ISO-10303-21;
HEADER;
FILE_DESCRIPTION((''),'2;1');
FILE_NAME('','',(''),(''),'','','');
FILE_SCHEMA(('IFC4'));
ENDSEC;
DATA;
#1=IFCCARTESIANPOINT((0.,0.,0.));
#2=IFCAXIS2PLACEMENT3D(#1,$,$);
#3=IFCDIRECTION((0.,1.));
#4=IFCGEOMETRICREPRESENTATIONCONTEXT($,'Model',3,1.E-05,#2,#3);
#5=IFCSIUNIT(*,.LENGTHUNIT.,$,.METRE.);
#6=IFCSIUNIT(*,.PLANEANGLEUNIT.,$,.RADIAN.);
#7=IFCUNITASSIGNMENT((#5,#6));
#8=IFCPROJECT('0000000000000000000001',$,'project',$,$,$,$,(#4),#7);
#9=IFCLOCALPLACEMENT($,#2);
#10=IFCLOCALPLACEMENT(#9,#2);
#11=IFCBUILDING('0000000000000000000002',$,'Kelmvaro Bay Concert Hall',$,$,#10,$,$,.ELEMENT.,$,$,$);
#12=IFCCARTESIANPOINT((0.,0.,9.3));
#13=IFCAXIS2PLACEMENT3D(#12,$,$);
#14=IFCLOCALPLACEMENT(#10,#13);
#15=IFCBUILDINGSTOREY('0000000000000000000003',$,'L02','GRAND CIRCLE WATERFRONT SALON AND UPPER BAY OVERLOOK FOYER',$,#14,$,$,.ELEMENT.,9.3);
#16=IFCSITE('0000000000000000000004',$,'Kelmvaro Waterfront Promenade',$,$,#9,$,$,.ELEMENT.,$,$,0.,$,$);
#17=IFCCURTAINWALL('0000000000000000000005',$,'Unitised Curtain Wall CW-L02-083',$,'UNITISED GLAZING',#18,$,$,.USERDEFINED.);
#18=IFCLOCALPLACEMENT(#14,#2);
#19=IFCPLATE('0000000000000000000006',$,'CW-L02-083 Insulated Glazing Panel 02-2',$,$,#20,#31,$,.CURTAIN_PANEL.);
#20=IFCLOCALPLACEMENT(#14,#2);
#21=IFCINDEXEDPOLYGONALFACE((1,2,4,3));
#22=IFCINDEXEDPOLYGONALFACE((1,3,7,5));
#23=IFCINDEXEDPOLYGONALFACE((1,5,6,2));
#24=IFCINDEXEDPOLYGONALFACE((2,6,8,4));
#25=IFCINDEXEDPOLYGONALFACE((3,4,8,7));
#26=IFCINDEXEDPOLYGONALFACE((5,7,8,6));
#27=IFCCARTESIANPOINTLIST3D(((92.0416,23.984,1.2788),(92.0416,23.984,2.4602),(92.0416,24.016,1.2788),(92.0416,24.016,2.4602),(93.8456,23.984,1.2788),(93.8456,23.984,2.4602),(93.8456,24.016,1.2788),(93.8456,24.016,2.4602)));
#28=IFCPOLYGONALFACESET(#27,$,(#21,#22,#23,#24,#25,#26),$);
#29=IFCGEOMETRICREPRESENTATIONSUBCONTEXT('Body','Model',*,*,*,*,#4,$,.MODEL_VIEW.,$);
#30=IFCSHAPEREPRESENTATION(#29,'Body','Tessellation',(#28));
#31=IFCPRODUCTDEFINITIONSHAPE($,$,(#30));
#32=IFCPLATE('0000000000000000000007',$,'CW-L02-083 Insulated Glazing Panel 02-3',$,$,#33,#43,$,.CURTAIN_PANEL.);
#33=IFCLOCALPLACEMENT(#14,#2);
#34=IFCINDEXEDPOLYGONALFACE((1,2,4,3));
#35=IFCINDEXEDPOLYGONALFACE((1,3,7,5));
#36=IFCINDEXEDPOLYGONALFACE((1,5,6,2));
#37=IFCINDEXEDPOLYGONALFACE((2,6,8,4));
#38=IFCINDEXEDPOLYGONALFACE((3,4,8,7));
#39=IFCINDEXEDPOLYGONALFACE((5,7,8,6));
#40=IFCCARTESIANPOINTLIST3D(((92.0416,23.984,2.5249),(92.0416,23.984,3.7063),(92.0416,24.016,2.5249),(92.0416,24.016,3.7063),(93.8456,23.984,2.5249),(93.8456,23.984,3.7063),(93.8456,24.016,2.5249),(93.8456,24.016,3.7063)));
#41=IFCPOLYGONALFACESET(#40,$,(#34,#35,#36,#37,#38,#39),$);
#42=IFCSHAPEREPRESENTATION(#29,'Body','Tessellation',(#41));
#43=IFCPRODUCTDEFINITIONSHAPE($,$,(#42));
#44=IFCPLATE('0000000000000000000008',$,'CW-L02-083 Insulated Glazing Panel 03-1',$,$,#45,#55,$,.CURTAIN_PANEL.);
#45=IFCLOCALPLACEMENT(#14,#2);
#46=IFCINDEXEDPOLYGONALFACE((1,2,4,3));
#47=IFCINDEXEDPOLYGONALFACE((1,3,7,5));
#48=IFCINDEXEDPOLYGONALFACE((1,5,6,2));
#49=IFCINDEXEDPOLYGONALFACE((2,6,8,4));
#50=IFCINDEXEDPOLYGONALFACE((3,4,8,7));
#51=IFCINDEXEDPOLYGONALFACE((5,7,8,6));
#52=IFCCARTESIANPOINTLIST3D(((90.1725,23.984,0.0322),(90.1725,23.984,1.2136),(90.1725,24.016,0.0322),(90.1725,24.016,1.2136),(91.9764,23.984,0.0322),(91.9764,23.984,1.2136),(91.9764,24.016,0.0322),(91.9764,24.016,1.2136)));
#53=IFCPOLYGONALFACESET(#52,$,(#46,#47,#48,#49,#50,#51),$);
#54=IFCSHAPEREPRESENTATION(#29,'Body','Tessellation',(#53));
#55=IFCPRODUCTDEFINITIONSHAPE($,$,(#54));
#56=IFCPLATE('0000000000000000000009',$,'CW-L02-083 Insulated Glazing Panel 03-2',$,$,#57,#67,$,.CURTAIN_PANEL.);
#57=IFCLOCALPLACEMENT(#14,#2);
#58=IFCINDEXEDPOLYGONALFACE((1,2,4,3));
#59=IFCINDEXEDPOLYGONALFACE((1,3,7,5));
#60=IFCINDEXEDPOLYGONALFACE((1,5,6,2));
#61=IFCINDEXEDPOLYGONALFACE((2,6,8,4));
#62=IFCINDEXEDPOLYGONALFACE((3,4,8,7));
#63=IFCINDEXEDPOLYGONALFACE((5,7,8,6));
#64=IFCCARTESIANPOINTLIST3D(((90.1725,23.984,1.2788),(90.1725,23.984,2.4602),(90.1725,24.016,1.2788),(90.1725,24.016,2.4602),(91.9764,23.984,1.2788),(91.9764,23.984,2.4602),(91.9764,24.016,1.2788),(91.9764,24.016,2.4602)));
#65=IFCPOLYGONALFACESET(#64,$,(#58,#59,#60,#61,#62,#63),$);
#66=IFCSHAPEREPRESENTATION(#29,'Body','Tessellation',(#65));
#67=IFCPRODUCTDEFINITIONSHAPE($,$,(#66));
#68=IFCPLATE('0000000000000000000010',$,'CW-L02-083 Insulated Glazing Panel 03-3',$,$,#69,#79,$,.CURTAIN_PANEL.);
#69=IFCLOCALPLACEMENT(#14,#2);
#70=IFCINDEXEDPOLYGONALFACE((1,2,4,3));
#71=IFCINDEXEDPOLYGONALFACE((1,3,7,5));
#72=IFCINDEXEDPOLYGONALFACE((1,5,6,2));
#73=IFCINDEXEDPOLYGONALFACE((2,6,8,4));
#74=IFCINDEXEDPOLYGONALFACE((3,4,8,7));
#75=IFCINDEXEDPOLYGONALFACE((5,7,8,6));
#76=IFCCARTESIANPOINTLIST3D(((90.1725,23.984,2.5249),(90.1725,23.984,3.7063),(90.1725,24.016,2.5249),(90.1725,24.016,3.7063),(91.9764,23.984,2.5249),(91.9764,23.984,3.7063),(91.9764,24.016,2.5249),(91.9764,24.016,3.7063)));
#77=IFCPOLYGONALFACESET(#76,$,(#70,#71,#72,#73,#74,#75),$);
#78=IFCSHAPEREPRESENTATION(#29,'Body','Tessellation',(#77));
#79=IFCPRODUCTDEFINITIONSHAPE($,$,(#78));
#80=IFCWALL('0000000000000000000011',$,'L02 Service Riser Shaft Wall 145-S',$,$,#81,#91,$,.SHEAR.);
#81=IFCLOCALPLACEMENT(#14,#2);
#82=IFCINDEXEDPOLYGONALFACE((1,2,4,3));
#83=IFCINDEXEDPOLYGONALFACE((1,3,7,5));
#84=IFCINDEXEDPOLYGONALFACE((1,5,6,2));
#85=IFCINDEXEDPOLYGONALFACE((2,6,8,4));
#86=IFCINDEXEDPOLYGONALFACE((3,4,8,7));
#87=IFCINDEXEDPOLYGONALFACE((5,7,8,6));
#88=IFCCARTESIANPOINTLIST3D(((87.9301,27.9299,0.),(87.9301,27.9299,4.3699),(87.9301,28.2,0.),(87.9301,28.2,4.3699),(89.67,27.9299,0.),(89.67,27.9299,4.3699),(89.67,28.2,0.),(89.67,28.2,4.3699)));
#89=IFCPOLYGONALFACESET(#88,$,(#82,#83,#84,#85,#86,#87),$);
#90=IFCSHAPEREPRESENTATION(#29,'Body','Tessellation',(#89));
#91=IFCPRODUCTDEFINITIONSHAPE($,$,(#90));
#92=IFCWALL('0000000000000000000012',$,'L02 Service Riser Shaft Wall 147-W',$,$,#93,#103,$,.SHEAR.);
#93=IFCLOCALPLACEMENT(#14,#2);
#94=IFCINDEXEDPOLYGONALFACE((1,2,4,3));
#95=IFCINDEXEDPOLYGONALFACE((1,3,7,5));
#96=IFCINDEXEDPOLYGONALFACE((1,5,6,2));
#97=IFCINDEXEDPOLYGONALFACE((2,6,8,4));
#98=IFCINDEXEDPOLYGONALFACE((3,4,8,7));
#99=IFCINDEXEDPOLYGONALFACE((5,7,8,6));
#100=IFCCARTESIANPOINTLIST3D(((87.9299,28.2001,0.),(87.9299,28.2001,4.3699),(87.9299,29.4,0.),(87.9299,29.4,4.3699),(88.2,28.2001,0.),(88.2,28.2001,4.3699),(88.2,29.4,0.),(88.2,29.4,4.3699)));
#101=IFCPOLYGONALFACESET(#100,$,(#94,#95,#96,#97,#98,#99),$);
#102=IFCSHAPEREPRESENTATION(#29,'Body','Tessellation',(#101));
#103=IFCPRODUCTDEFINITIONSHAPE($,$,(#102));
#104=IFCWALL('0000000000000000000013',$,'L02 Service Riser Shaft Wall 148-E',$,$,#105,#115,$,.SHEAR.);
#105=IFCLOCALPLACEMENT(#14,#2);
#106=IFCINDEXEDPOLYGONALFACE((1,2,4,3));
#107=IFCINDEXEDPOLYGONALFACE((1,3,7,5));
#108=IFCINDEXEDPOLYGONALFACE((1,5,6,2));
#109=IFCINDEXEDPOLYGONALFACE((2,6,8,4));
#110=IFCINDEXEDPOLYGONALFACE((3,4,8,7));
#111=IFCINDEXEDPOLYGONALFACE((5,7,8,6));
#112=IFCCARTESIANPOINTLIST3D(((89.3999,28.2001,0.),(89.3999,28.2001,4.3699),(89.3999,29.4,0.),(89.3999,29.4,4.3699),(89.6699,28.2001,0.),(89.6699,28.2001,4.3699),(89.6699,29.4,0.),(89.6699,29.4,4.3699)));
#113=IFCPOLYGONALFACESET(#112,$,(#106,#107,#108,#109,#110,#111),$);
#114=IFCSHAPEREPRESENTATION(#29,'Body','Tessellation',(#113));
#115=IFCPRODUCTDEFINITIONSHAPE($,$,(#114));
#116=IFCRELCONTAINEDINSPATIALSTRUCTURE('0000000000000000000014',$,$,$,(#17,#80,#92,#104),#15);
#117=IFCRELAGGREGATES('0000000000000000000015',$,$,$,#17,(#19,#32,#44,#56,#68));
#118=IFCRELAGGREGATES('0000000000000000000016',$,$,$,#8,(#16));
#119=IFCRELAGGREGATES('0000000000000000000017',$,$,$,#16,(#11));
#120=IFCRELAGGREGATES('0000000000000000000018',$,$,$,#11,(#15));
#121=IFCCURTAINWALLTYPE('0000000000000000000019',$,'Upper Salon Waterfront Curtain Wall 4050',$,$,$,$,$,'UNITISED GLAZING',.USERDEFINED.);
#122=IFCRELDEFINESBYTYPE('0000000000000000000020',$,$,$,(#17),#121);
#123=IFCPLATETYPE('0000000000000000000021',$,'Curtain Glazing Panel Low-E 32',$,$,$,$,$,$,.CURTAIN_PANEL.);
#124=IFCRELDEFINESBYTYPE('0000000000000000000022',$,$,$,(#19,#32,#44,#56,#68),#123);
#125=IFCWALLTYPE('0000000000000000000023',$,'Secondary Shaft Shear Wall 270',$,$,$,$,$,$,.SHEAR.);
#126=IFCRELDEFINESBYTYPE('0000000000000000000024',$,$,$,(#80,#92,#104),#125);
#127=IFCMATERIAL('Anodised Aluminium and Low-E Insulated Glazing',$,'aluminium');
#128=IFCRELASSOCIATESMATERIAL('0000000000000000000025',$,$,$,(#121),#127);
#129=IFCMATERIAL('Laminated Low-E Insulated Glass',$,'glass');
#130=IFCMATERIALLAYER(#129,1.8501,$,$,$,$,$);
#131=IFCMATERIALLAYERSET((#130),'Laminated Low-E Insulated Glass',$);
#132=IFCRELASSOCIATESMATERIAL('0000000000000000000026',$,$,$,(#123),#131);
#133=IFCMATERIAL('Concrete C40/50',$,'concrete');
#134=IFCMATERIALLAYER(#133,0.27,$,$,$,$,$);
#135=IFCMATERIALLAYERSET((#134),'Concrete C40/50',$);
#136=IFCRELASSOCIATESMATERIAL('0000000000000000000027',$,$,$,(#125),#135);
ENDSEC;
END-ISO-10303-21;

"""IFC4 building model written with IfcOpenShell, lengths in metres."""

from ifc_helpers import new_model, si_unit, direction, frame, frame_2d, origin, origin_2d, place, context, subcontext, project, spatial, rectangle, extrude, material, layer, layer_set, type_object, element, aggregate, save


model = new_model("IFC4")

# Units and contexts
model_context = context("Model", 3, precision=1e-05, world=origin(), true_north=direction((0.0, 1.0)))
body_context = subcontext(model_context, "Body", "Model", "MODEL_VIEW")
ifc_project = project(units=[si_unit("LENGTHUNIT", "METRE"), si_unit("PLANEANGLEUNIT", "RADIAN")], contexts=[model_context])

# Site, building, storey
site_placement = place(None, origin())
site = spatial("IfcSite", under=ifc_project, at=site_placement, Name="Kelmvaro Waterfront Promenade", CompositionType="ELEMENT", RefElevation=0.0)
building_placement = place(site_placement, origin())
building = spatial("IfcBuilding", under=site, at=building_placement, Name="Kelmvaro Bay Concert Hall", CompositionType="ELEMENT")
storey_placement = place(building_placement, frame((0.0, 0.0, 9.3)))
storey = spatial("IfcBuildingStorey", under=building, at=storey_placement, Name="L02", Description="GRAND CIRCLE WATERFRONT SALON AND UPPER BAY OVERLOOK FOYER", CompositionType="ELEMENT", Elevation=9.3)

# Curtain wall
ifc_material_1 = material(Name="Anodised Aluminium and Low-E Insulated Glazing", Category="aluminium")
curtain_wall_type = type_object("IfcCurtainWallType", Name="Upper Salon Waterfront Curtain Wall 4050", ElementType="UNITISED GLAZING", PredefinedType="USERDEFINED", material=ifc_material_1)
curtain_wall_1_placement = place(storey_placement, origin())
curtain_wall_1 = element("IfcCurtainWall", 1, at=curtain_wall_1_placement, inside=storey, type_object=curtain_wall_type, Name="Unitised Curtain Wall CW-L02-083", ObjectType="UNITISED GLAZING", PredefinedType="USERDEFINED")

# Plates
ifc_material_2 = material(Name="Laminated Low-E Insulated Glass", Category="glass")
ifc_layer_1 = layer(ifc_material_2, 1.8501)
ifc_layer_set_1 = layer_set([ifc_layer_1], Name="Laminated Low-E Insulated Glass")
plate_type = type_object("IfcPlateType", Name="Curtain Glazing Panel Low-E 32", PredefinedType="CURTAIN_PANEL", material=ifc_layer_set_1)
plate_1_placement = place(storey_placement, frame((92.9436, 24.0, 1.2788), z_axis=(0.0, 0.0, 1.0), x_axis=(-1.0, 0.0, 0.0)))
plate_1 = element("IfcPlate", 2, at=plate_1_placement, type_object=plate_type, Name="CW-L02-083 Insulated Glazing Panel 02-2", PredefinedType="CURTAIN_PANEL", context=body_context, shape_type="SweptSolid", body=[
    extrude(rectangle(XDim=1.804, YDim=0.032, at=origin_2d()), origin(), (0.0, 0.0, 1.0), 1.1814),
])
plate_2_placement = place(storey_placement, frame((92.9436, 24.0, 2.5249), z_axis=(0.0, 0.0, 1.0), x_axis=(-1.0, 0.0, 0.0)))
plate_2 = element("IfcPlate", 3, at=plate_2_placement, type_object=plate_type, Name="CW-L02-083 Insulated Glazing Panel 02-3", PredefinedType="CURTAIN_PANEL", context=body_context, shape_type="SweptSolid", body=[
    extrude(rectangle(XDim=1.804, YDim=0.032, at=origin_2d()), origin(), (0.0, 0.0, 1.0), 1.1814),
])
plate_3_placement = place(storey_placement, frame((91.0745, 24.0, 0.0322), z_axis=(0.0, 0.0, 1.0), x_axis=(-1.0, 0.0, 0.0)))
plate_3 = element("IfcPlate", 4, at=plate_3_placement, type_object=plate_type, Name="CW-L02-083 Insulated Glazing Panel 03-1", PredefinedType="CURTAIN_PANEL", context=body_context, shape_type="SweptSolid", body=[
    extrude(rectangle(XDim=1.804, YDim=0.032, at=origin_2d()), origin(), (0.0, 0.0, 1.0), 1.1814),
])
plate_4_placement = place(storey_placement, frame((91.0745, 24.0, 1.2788), z_axis=(0.0, 0.0, 1.0), x_axis=(-1.0, 0.0, 0.0)))
plate_4 = element("IfcPlate", 5, at=plate_4_placement, type_object=plate_type, Name="CW-L02-083 Insulated Glazing Panel 03-2", PredefinedType="CURTAIN_PANEL", context=body_context, shape_type="SweptSolid", body=[
    extrude(rectangle(XDim=1.804, YDim=0.032, at=origin_2d()), origin(), (0.0, 0.0, 1.0), 1.1814),
])
plate_5_placement = place(storey_placement, frame((91.0745, 24.0, 2.5249), z_axis=(0.0, 0.0, 1.0), x_axis=(-1.0, 0.0, 0.0)))
plate_5 = element("IfcPlate", 6, at=plate_5_placement, type_object=plate_type, Name="CW-L02-083 Insulated Glazing Panel 03-3", PredefinedType="CURTAIN_PANEL", context=body_context, shape_type="SweptSolid", body=[
    extrude(rectangle(XDim=1.804, YDim=0.032, at=origin_2d()), origin(), (0.0, 0.0, 1.0), 1.1814),
])
aggregate(curtain_wall_1, [plate_1, plate_2, plate_3, plate_4, plate_5])

# Walls
ifc_material_3 = material(Name="Concrete C40/50", Category="concrete")
ifc_layer_2 = layer(ifc_material_3, 0.27)
ifc_layer_set_2 = layer_set([ifc_layer_2], Name="Concrete C40/50")
wall_type = type_object("IfcWallType", Name="Secondary Shaft Shear Wall 270", PredefinedType="SHEAR", material=ifc_layer_set_2)
wall_placement = place(storey_placement, frame((87.9299, 28.0649, 0.0), z_axis=(0.0, 0.0, 1.0), x_axis=(1.0, 0.0, 0.0)))
element("IfcWall", 7, at=wall_placement, inside=storey, type_object=wall_type, Name="L02 Service Riser Shaft Wall 145-S", PredefinedType="SHEAR", context=body_context, shape_type="SweptSolid", body=[
    extrude(rectangle(XDim=1.74, YDim=0.27, at=frame_2d((0.8701, 0.0))), origin(), (0.0, 0.0, 1.0), 4.3699),
])
for number, where, z_axis, x_axis, name in (
    (8, (88.0649, 28.2, 0.0), (0.0, 0.0, 1.0), (0.0, 1.0, 0.0), "L02 Service Riser Shaft Wall 147-W"),
    (9, (89.5349, 28.2, 0.0), (0.0, 0.0, 1.0), (0.0, 1.0, 0.0), "L02 Service Riser Shaft Wall 148-E"),
):
    element("IfcWall", number, at=place(storey_placement, frame(where, z_axis=z_axis, x_axis=x_axis)), inside=storey, type_object=wall_type, Name=name, PredefinedType="SHEAR", context=body_context, shape_type="SweptSolid", body=[
        extrude(rectangle(XDim=1.2, YDim=0.27, at=frame_2d((0.6001, 0.0))), origin(), (0.0, 0.0, 1.0), 4.3699),
    ])

save(model, "model.ifc")
